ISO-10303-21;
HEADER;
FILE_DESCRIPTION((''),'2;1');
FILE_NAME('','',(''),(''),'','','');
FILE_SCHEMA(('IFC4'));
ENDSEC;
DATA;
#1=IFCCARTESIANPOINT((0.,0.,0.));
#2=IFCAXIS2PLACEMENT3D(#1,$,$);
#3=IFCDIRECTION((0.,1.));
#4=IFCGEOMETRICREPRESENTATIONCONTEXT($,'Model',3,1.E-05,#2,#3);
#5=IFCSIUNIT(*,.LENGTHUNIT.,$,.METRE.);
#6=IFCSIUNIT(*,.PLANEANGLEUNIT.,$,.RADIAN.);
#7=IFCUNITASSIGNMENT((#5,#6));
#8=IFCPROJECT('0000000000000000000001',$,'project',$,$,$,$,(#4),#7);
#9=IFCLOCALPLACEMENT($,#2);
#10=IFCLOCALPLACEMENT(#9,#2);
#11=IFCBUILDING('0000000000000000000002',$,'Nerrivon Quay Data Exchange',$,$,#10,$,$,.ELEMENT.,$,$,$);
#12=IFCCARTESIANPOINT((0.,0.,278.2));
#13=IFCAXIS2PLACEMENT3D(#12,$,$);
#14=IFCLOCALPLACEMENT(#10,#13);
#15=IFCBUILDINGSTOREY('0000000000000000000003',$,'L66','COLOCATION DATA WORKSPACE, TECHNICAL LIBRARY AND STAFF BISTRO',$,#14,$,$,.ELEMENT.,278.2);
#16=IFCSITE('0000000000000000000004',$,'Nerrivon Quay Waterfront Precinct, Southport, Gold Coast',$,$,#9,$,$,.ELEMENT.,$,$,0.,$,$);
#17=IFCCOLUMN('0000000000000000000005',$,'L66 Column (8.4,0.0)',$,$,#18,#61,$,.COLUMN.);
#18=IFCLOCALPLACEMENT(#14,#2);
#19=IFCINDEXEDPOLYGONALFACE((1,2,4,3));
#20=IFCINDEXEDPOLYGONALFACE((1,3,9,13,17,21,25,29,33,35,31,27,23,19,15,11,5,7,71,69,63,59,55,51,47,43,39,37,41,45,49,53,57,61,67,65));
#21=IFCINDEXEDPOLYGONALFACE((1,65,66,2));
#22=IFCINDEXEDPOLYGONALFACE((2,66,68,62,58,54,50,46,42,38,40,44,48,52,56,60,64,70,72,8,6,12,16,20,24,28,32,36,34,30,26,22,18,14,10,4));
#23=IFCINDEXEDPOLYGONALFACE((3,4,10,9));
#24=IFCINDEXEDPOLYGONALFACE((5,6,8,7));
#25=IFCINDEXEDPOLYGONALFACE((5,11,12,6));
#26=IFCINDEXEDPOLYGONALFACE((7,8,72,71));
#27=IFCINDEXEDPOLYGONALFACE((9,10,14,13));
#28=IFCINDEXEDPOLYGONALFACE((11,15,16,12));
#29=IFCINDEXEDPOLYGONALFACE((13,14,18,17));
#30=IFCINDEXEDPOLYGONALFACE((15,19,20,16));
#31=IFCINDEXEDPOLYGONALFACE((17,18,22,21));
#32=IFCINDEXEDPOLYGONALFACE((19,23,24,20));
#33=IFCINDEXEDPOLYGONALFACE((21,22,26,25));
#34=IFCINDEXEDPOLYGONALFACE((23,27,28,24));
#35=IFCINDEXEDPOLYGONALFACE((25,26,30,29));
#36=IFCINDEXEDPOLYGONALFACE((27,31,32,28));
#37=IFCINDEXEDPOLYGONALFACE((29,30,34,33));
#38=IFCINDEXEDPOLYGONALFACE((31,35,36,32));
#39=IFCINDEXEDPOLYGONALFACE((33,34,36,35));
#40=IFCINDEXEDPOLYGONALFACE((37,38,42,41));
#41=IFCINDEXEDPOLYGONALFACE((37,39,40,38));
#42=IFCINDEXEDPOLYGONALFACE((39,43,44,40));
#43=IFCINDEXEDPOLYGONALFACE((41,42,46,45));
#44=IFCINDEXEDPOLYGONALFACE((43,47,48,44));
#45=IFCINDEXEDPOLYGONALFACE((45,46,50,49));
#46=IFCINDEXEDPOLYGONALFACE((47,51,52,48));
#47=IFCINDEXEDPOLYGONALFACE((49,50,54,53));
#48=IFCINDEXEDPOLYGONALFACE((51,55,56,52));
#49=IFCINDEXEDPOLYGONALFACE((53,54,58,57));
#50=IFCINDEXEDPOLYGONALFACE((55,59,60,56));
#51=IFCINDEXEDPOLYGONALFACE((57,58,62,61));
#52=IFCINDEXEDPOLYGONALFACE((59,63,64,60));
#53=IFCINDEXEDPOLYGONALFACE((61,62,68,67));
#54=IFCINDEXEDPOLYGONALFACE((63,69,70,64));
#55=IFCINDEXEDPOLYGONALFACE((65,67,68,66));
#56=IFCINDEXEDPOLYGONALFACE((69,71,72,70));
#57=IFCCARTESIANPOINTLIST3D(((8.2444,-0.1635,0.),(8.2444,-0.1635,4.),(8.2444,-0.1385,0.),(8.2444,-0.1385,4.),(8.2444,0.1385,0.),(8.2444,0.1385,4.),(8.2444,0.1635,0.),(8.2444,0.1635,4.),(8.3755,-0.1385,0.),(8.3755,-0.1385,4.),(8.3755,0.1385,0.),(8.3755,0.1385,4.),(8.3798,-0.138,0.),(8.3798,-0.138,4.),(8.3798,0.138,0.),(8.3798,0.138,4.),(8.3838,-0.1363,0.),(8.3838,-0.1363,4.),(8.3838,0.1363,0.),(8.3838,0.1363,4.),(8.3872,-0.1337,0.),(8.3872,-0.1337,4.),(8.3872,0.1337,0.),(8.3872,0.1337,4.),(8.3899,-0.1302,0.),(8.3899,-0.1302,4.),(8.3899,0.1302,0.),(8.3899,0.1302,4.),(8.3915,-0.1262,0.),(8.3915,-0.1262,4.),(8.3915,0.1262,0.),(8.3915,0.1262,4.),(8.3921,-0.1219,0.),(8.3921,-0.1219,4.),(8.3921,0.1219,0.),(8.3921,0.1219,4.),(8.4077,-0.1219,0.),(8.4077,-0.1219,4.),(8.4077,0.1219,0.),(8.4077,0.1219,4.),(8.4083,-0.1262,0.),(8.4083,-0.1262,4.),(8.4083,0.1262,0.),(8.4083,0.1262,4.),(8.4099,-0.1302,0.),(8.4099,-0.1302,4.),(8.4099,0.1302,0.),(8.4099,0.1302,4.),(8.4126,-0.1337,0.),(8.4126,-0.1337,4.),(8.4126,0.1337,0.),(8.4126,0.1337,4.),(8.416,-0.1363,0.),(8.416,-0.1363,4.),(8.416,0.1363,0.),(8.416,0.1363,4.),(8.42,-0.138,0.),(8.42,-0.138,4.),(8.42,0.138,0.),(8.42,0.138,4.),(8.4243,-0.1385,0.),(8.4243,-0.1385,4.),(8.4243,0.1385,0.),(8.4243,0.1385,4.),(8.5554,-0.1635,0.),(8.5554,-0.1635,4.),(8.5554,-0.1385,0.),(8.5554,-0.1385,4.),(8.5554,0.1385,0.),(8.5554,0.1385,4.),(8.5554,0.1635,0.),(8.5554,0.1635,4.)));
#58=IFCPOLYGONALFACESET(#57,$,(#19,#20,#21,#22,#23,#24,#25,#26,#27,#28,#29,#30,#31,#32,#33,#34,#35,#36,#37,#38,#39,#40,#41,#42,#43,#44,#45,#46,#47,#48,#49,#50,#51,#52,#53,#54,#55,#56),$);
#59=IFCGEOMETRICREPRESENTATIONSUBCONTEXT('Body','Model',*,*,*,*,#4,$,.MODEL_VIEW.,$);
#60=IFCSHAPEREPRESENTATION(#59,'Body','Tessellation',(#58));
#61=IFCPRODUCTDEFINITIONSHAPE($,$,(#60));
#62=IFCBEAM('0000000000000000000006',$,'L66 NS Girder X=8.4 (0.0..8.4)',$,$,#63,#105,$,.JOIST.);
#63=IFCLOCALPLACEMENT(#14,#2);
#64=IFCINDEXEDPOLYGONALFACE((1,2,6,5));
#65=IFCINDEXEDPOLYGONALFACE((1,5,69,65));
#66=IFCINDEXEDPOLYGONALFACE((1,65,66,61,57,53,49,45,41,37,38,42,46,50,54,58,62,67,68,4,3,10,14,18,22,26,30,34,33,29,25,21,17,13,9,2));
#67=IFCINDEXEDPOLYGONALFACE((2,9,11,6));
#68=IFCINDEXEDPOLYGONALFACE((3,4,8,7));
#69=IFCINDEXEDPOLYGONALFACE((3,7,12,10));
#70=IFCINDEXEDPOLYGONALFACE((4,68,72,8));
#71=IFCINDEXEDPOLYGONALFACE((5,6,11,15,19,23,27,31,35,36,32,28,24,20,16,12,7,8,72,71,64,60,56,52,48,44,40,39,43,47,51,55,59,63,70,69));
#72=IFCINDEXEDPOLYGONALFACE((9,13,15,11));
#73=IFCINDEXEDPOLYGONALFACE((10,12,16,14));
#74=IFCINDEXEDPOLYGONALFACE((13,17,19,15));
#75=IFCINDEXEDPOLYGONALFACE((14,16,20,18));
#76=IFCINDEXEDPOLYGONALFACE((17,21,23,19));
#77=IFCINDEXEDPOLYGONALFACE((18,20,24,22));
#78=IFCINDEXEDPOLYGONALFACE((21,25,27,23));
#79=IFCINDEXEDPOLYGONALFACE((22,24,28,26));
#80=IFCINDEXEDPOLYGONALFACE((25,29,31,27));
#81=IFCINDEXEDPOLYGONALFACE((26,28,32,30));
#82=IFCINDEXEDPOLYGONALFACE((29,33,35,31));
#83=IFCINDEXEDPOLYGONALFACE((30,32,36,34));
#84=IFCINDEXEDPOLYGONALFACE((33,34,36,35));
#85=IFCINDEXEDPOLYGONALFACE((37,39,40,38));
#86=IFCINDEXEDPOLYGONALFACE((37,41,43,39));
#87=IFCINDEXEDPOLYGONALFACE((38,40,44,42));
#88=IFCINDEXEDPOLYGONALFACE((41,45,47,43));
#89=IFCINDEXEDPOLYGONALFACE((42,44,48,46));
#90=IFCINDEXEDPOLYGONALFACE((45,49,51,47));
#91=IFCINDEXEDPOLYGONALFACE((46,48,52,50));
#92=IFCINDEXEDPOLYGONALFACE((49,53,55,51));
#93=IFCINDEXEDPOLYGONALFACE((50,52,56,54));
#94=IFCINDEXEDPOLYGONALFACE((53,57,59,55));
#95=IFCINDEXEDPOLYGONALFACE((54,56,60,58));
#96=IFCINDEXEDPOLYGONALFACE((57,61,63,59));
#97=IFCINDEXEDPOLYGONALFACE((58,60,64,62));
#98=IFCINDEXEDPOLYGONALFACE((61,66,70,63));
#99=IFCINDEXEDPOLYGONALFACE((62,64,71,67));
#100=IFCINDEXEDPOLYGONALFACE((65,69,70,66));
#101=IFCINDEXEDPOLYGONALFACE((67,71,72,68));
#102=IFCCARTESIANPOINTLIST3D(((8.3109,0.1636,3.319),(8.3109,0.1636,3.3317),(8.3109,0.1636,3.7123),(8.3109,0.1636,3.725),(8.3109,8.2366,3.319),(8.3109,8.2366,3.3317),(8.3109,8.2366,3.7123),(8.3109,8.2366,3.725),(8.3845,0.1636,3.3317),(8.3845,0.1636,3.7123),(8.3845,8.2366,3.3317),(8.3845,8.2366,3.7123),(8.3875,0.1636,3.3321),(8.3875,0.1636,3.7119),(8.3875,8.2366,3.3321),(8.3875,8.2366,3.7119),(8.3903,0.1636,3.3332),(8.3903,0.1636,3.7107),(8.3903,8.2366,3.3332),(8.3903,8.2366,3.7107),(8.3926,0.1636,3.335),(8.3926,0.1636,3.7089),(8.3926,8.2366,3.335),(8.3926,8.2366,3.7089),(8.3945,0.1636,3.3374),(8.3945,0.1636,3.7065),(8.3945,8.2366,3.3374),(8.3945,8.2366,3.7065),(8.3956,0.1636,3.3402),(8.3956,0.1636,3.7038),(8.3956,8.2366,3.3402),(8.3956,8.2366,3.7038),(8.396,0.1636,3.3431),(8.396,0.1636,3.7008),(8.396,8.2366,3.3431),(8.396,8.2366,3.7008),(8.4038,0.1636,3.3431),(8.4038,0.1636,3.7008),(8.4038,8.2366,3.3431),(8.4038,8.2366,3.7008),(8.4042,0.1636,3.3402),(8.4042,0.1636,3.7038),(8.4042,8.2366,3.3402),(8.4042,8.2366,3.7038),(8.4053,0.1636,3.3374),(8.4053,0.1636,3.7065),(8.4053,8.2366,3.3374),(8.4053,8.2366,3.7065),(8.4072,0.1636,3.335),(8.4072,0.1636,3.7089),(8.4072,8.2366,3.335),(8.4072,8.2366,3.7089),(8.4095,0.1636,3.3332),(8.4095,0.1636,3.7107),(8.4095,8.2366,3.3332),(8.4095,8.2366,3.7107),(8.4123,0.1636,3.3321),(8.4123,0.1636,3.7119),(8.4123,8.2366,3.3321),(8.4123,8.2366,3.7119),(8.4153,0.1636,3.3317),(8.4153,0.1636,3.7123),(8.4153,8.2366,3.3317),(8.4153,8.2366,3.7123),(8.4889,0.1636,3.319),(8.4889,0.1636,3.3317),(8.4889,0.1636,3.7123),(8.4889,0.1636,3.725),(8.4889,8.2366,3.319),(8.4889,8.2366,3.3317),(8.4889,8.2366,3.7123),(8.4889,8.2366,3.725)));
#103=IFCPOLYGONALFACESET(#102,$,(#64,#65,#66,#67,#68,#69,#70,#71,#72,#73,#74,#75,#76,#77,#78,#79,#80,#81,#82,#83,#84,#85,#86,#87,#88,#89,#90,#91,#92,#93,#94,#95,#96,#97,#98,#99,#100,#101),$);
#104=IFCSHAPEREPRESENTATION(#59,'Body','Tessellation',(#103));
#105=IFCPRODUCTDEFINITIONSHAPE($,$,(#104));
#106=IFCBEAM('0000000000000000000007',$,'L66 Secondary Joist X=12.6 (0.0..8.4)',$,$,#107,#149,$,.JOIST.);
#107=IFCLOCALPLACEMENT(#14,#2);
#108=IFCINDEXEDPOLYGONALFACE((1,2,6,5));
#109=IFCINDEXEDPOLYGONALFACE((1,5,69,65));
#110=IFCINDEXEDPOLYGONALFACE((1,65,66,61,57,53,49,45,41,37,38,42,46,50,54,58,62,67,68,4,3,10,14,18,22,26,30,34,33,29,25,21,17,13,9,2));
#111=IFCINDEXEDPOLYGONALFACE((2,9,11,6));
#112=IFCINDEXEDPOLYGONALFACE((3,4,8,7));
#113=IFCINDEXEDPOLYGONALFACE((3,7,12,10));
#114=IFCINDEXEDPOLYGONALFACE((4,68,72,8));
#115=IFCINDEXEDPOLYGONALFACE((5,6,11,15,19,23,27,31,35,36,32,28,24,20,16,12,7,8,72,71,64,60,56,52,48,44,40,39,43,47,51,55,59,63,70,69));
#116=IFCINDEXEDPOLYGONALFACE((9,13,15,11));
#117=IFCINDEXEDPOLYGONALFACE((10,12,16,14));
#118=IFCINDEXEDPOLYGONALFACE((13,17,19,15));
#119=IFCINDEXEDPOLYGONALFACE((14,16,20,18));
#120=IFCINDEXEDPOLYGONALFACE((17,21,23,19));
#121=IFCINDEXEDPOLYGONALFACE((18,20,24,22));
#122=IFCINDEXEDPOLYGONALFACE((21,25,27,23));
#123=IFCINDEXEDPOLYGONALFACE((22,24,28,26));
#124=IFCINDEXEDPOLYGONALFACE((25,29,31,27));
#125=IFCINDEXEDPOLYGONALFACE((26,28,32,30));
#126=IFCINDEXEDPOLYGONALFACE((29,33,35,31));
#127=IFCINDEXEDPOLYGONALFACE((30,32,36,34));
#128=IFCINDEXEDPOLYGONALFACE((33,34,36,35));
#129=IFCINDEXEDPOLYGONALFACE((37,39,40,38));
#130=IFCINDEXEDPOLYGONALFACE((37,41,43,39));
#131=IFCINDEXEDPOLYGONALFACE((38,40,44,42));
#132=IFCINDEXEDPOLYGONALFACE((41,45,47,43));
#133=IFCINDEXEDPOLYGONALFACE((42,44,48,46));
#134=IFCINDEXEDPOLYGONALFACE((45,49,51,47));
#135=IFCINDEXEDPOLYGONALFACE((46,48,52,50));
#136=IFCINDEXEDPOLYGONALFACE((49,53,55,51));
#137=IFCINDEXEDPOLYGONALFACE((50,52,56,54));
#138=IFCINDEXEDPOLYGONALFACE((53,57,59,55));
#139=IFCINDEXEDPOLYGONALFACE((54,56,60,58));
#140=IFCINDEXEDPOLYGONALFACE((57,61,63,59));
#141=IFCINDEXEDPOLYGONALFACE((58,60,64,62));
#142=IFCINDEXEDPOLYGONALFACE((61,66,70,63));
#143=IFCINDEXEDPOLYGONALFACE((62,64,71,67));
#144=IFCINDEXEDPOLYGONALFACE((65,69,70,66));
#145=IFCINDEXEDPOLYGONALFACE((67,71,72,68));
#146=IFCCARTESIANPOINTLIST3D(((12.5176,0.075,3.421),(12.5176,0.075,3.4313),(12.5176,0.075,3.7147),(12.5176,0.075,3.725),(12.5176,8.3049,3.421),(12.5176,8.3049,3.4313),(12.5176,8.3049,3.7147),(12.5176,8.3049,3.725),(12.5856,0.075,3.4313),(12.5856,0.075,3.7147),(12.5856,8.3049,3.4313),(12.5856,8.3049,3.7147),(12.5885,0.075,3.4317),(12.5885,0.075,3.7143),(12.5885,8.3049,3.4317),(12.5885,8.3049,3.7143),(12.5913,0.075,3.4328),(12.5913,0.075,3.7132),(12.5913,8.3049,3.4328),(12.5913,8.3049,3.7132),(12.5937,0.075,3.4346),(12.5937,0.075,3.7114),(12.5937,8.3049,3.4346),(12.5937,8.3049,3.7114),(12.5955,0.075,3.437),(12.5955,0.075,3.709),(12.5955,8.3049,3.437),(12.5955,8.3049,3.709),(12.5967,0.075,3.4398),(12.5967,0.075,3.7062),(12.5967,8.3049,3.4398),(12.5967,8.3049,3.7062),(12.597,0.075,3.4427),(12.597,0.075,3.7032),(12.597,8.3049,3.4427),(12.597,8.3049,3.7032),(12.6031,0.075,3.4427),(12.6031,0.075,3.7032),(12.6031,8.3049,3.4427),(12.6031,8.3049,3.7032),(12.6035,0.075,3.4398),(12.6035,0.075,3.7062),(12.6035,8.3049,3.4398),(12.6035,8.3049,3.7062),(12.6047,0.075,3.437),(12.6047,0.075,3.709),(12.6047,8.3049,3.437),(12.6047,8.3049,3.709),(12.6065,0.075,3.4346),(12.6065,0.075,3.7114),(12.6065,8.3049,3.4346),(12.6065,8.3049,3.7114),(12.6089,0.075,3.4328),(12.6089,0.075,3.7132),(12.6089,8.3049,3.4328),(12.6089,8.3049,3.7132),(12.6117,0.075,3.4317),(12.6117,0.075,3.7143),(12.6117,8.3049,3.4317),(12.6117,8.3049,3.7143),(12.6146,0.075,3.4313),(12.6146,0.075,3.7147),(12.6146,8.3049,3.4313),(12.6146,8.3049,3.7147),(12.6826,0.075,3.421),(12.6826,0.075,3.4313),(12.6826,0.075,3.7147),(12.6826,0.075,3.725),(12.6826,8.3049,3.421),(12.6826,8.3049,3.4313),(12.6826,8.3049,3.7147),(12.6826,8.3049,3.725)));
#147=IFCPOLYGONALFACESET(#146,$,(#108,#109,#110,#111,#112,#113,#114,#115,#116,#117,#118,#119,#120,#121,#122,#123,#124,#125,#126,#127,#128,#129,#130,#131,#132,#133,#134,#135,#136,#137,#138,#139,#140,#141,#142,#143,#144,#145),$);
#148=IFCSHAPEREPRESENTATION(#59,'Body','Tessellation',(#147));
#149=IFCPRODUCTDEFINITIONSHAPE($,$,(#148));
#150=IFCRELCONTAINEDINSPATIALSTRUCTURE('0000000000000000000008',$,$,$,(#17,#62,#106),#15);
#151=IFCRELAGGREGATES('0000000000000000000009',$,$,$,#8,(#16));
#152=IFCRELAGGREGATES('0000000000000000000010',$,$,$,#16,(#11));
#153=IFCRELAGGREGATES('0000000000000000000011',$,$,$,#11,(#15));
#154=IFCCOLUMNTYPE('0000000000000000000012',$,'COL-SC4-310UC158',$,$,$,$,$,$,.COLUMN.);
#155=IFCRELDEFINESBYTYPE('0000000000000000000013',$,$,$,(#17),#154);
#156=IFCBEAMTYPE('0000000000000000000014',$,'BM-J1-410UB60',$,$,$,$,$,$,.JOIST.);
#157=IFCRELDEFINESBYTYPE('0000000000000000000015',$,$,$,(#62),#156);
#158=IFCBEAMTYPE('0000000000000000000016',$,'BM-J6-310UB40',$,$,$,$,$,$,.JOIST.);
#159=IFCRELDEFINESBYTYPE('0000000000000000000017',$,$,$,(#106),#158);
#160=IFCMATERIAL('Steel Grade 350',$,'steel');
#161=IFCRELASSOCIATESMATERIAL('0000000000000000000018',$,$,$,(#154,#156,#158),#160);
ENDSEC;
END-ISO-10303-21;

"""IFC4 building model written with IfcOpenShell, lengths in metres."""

from ifc_helpers import new_model, si_unit, direction, frame, origin, origin_2d, place, context, subcontext, project, spatial, i_section, extrude, material, material_profile, profile_set, type_object, element, save


model = new_model("IFC4")

# Units and contexts
model_context = context("Model", 3, precision=1e-05, world=origin(), true_north=direction((0.0, 1.0)))
body_context = subcontext(model_context, "Body", "Model", "MODEL_VIEW")
ifc_project = project(units=[si_unit("LENGTHUNIT", "METRE"), si_unit("PLANEANGLEUNIT", "RADIAN")], contexts=[model_context])

# Site, building, storey
site_placement = place(None, origin())
site = spatial("IfcSite", under=ifc_project, at=site_placement, Name="Nerrivon Quay Waterfront Precinct, Southport, Gold Coast", CompositionType="ELEMENT", RefElevation=0.0)
building_placement = place(site_placement, origin())
building = spatial("IfcBuilding", under=site, at=building_placement, Name="Nerrivon Quay Data Exchange", CompositionType="ELEMENT")
storey_placement = place(building_placement, frame((0.0, 0.0, 278.2)))
storey = spatial("IfcBuildingStorey", under=building, at=storey_placement, Name="L66", Description="COLOCATION DATA WORKSPACE, TECHNICAL LIBRARY AND STAFF BISTRO", CompositionType="ELEMENT", Elevation=278.2)

# Column
ifc_material_1 = material(Name="Steel Grade 350", Category="steel")
ifc_material_profile_1 = material_profile(ifc_material_1, i_section(OverallWidth=0.311, OverallDepth=0.3269, WebThickness=0.0156, FlangeThickness=0.0249, FilletRadius=0.0166, at=origin_2d()), Name="310UC158")
ifc_profile_set_1 = profile_set([ifc_material_profile_1], Name="Steel Grade 350")
column_type = type_object("IfcColumnType", Name="COL-SC4-310UC158", PredefinedType="COLUMN", material=ifc_profile_set_1)
column_placement = place(storey_placement, frame((8.3999, 0.0, 0.0), z_axis=(0.0, 0.0, 1.0), x_axis=(1.0, 0.0, 0.0)))
element("IfcColumn", 1, at=column_placement, inside=storey, type_object=column_type, Name="L66 Column (8.4,0.0)", PredefinedType="COLUMN", context=body_context, shape_type="SweptSolid", body=[
    extrude(i_section(OverallWidth=0.311, OverallDepth=0.3269, WebThickness=0.0156, FlangeThickness=0.0249, FilletRadius=0.0166, at=origin_2d()), origin(), (0.0, 0.0, 1.0), 4.0),
])

# Beams
ifc_material_profile_2 = material_profile(ifc_material_1, i_section(OverallWidth=0.178, OverallDepth=0.406, WebThickness=0.0078, FlangeThickness=0.0127, FilletRadius=0.0115, at=origin_2d()), Name="410UB59.7")
ifc_profile_set_2 = profile_set([ifc_material_profile_2], Name="Steel Grade 350")
beam_type_1 = type_object("IfcBeamType", Name="BM-J1-410UB60", PredefinedType="JOIST", material=ifc_profile_set_2)
beam_1_placement = place(storey_placement, frame((8.3999, 0.1636, 3.522), z_axis=(0.0, 1.0, 0.0), x_axis=(-1.0, 0.0, 0.0)))
element("IfcBeam", 2, at=beam_1_placement, inside=storey, type_object=beam_type_1, Name="L66 NS Girder X=8.4 (0.0..8.4)", PredefinedType="JOIST", context=body_context, shape_type="SweptSolid", body=[
    extrude(i_section(OverallWidth=0.178, OverallDepth=0.406, WebThickness=0.0078, FlangeThickness=0.0127, FilletRadius=0.0115, at=origin_2d()), origin(), (0.0, 0.0, 1.0), 8.073),
])
ifc_material_profile_3 = material_profile(ifc_material_1, i_section(OverallWidth=0.165, OverallDepth=0.304, WebThickness=0.0061, FlangeThickness=0.0103, FilletRadius=0.0115, at=origin_2d()), Name="310UB40.4")
ifc_profile_set_3 = profile_set([ifc_material_profile_3], Name="Steel Grade 350")
beam_type_2 = type_object("IfcBeamType", Name="BM-J6-310UB40", PredefinedType="JOIST", material=ifc_profile_set_3)
beam_2_placement = place(storey_placement, frame((12.6001, 0.075, 3.573), z_axis=(0.0, 1.0, 0.0), x_axis=(-1.0, 0.0, 0.0)))
element("IfcBeam", 3, at=beam_2_placement, inside=storey, type_object=beam_type_2, Name="L66 Secondary Joist X=12.6 (0.0..8.4)", PredefinedType="JOIST", context=body_context, shape_type="SweptSolid", body=[
    extrude(i_section(OverallWidth=0.165, OverallDepth=0.304, WebThickness=0.0061, FlangeThickness=0.0103, FilletRadius=0.0115, at=origin_2d()), origin(), (0.0, 0.0, 1.0), 8.23),
])

save(model, "model.ifc")
